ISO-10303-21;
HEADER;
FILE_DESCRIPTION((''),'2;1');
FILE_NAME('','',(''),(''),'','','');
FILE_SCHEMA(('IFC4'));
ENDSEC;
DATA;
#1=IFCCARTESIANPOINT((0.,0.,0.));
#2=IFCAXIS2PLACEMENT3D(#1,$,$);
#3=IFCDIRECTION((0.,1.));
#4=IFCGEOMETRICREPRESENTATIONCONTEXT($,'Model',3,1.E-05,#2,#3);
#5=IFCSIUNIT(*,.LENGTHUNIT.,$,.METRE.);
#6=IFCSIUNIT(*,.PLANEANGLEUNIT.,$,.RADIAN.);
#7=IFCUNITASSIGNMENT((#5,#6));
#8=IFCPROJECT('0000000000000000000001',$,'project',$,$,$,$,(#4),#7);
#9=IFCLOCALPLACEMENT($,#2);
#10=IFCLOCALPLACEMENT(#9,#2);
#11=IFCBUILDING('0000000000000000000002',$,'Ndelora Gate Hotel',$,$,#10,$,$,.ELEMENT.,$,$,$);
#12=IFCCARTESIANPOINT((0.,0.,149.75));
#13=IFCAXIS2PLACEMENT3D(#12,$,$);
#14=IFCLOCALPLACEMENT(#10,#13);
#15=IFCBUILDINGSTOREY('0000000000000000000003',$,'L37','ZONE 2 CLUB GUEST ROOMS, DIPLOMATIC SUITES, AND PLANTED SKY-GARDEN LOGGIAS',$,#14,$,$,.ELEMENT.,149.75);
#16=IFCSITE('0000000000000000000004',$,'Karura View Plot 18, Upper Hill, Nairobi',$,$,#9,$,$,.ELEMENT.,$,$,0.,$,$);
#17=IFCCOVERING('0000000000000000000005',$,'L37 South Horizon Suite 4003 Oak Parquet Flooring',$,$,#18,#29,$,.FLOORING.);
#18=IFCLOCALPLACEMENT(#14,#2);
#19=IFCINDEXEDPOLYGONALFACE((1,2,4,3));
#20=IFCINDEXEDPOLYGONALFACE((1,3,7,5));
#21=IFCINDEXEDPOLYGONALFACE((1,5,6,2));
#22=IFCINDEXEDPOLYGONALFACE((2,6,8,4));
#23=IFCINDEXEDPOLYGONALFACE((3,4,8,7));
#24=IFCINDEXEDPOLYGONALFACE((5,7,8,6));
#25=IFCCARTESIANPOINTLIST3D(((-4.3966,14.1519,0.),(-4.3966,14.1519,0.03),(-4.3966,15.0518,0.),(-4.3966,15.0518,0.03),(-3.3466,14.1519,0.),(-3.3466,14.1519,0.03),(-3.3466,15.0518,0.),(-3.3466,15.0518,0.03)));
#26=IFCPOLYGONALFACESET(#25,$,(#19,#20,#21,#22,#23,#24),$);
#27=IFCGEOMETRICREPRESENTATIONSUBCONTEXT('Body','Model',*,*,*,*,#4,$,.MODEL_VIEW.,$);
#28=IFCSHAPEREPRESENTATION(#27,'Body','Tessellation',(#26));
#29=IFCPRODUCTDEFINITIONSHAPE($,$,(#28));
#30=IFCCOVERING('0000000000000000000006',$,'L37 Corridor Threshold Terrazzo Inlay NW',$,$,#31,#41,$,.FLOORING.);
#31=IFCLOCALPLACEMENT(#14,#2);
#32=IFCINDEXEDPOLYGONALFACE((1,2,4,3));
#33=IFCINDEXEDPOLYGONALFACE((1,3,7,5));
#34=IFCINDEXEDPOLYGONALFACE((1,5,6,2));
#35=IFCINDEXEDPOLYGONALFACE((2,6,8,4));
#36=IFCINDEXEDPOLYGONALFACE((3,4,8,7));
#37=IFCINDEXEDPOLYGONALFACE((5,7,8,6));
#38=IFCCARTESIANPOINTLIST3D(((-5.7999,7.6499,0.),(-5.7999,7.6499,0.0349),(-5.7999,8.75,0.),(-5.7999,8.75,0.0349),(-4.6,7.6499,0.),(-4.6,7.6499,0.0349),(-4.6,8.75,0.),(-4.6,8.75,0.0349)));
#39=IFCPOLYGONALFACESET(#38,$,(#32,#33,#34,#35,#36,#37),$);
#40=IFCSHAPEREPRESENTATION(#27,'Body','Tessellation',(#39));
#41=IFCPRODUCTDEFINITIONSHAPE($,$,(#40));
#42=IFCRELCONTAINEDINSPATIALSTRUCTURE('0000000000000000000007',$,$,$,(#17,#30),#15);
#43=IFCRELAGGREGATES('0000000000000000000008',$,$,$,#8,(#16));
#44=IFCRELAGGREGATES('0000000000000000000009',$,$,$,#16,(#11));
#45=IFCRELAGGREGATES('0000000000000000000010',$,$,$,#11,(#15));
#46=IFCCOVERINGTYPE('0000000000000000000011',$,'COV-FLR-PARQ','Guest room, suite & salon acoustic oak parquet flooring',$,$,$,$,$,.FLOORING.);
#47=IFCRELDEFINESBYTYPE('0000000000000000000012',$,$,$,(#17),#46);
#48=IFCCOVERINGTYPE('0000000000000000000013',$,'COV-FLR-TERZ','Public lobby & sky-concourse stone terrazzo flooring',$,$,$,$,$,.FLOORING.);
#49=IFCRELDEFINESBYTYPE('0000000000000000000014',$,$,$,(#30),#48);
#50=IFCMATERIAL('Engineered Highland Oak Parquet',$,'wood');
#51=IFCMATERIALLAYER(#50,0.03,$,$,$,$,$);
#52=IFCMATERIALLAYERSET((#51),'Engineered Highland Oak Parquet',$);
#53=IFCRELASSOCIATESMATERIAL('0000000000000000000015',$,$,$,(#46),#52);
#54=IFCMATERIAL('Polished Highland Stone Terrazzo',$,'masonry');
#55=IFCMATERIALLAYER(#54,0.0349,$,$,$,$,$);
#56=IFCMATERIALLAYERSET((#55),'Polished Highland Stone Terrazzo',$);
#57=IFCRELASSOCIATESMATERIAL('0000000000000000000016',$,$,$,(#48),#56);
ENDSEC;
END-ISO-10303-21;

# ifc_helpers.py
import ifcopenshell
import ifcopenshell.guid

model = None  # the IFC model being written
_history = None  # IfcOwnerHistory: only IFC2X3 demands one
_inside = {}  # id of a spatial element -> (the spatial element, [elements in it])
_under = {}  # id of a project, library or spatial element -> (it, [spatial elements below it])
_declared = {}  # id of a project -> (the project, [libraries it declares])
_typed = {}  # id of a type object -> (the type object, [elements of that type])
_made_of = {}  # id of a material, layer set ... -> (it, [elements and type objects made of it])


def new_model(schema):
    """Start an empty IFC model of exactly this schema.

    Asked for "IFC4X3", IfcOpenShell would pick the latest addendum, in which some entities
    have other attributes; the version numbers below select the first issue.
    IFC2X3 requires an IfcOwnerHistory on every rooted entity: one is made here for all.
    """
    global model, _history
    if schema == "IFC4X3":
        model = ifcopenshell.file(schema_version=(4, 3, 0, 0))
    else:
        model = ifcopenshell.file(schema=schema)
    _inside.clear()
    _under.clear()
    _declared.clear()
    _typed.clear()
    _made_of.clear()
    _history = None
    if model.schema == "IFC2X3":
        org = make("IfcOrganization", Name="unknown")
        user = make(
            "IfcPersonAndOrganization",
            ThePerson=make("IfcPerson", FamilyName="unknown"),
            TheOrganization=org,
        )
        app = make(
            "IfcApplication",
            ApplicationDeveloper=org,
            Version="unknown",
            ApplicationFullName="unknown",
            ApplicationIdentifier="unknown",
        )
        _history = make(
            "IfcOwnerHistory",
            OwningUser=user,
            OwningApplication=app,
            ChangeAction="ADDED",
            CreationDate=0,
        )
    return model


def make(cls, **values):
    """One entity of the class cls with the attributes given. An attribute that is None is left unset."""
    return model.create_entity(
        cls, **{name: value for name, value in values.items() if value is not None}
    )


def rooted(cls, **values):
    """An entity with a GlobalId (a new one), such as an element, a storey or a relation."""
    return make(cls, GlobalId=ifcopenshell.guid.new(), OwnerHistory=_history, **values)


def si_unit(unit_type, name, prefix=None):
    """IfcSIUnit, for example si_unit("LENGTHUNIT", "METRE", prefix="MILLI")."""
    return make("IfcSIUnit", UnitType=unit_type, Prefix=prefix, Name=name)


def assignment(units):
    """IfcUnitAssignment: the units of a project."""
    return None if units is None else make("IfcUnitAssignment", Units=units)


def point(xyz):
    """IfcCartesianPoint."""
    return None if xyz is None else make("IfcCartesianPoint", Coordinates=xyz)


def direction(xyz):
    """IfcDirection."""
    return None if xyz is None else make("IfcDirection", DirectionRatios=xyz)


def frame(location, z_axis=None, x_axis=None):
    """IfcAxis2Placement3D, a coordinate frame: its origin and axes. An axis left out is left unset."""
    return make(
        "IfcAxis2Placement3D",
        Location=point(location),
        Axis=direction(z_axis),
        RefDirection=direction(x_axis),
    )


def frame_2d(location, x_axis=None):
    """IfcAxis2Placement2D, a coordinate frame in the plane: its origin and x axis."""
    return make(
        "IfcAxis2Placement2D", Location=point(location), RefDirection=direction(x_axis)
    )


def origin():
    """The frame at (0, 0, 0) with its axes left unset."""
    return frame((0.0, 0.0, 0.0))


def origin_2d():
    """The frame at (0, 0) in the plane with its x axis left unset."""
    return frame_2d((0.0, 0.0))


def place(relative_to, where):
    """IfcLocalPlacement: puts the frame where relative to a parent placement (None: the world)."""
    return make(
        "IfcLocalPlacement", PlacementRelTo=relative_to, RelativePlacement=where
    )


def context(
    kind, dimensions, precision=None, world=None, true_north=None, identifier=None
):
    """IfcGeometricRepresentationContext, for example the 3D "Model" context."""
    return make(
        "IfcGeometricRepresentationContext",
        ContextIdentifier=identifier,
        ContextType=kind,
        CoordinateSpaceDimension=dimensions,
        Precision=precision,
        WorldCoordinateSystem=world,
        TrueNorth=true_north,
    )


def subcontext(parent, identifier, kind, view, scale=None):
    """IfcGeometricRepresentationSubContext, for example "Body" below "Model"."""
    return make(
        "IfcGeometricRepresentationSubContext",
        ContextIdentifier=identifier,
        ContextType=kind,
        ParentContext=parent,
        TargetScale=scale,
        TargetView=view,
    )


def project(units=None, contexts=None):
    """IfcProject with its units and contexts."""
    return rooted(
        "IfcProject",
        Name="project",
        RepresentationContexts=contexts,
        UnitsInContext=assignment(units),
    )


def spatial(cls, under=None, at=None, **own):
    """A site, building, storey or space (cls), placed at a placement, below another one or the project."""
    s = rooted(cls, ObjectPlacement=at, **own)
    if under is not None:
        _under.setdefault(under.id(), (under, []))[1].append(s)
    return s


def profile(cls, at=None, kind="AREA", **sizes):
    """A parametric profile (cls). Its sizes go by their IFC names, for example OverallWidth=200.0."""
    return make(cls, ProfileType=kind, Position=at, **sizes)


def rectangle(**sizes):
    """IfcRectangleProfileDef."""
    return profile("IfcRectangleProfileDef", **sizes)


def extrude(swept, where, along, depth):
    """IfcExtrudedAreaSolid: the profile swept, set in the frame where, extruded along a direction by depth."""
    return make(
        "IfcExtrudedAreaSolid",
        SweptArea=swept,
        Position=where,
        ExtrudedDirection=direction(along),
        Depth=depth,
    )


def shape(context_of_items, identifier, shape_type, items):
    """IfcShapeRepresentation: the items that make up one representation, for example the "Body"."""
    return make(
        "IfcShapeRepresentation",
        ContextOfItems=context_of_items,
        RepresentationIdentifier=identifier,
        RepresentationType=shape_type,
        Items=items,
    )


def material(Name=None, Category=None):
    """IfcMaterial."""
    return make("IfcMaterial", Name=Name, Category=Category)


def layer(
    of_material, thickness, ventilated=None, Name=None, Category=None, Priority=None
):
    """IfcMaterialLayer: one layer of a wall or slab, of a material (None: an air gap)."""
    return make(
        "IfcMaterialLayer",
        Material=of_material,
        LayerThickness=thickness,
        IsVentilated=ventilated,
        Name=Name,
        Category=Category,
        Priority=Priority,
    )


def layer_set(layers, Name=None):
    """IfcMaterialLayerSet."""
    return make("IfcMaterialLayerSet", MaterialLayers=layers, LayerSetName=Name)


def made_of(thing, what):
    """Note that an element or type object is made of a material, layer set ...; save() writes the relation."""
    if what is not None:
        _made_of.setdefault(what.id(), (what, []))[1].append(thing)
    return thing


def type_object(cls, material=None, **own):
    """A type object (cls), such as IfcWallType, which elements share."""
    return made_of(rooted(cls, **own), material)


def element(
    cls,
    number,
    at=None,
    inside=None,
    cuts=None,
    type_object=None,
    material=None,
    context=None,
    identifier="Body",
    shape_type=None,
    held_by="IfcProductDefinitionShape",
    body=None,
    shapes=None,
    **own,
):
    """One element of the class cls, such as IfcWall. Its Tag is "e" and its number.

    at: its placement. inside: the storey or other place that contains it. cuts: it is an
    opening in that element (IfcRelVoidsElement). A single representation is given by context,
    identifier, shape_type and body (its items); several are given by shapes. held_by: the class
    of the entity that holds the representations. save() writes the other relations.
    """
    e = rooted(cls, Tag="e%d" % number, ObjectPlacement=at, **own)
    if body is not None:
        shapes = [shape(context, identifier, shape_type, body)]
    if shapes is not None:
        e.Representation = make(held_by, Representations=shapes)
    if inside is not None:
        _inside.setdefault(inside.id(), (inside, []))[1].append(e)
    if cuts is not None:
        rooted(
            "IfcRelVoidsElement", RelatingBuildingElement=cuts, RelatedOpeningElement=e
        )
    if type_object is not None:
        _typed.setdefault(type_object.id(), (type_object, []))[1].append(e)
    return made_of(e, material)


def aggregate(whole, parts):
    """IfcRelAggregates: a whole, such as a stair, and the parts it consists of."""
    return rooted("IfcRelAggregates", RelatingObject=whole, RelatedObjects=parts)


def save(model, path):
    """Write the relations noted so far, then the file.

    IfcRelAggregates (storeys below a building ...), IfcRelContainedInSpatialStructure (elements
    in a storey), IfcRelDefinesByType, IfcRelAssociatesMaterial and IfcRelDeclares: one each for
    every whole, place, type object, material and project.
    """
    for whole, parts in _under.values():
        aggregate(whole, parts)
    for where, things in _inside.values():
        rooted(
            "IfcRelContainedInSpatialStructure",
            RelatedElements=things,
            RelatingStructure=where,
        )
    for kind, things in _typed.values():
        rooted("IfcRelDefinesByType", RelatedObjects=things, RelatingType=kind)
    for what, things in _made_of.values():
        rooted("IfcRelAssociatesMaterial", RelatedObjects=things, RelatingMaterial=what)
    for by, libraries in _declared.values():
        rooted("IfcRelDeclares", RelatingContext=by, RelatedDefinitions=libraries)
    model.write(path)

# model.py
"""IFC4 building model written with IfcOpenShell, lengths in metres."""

from ifc_helpers import new_model, si_unit, direction, frame, origin, origin_2d, place, context, subcontext, project, spatial, rectangle, extrude, material, layer, layer_set, type_object, element, save


model = new_model("IFC4")

# Units and contexts
model_context = context("Model", 3, precision=1e-05, world=origin(), true_north=direction((0.0, 1.0)))
body_context = subcontext(model_context, "Body", "Model", "MODEL_VIEW")
ifc_project = project(units=[si_unit("LENGTHUNIT", "METRE"), si_unit("PLANEANGLEUNIT", "RADIAN")], contexts=[model_context])

# Site, building, storey
site_placement = place(None, origin())
site = spatial("IfcSite", under=ifc_project, at=site_placement, Name="Karura View Plot 18, Upper Hill, Nairobi", CompositionType="ELEMENT", RefElevation=0.0)
building_placement = place(site_placement, origin())
building = spatial("IfcBuilding", under=site, at=building_placement, Name="Ndelora Gate Hotel", CompositionType="ELEMENT")
storey_placement = place(building_placement, frame((0.0, 0.0, 149.75)))
storey = spatial("IfcBuildingStorey", under=building, at=storey_placement, Name="L37", Description="ZONE 2 CLUB GUEST ROOMS, DIPLOMATIC SUITES, AND PLANTED SKY-GARDEN LOGGIAS", CompositionType="ELEMENT", Elevation=149.75)

# Coverings
ifc_material_1 = material(Name="Engineered Highland Oak Parquet", Category="wood")
ifc_layer_1 = layer(ifc_material_1, 0.03)
ifc_layer_set_1 = layer_set([ifc_layer_1], Name="Engineered Highland Oak Parquet")
covering_type_1 = type_object("IfcCoveringType", Name="COV-FLR-PARQ", Description="Guest room, suite & salon acoustic oak parquet flooring", PredefinedType="FLOORING", material=ifc_layer_set_1)
covering_1_placement = place(storey_placement, frame((-3.8716, 14.6018, 0.0), z_axis=(0.0, 0.0, 1.0), x_axis=(1.0, 0.0, 0.0)))
element("IfcCovering", 1, at=covering_1_placement, inside=storey, type_object=covering_type_1, Name="L37 South Horizon Suite 4003 Oak Parquet Flooring", PredefinedType="FLOORING", context=body_context, shape_type="SweptSolid", body=[
    extrude(rectangle(XDim=1.05, YDim=0.8999, at=origin_2d()), origin(), (0.0, 0.0, 1.0), 0.03),
])
ifc_material_2 = material(Name="Polished Highland Stone Terrazzo", Category="masonry")
ifc_layer_2 = layer(ifc_material_2, 0.0349)
ifc_layer_set_2 = layer_set([ifc_layer_2], Name="Polished Highland Stone Terrazzo")
covering_type_2 = type_object("IfcCoveringType", Name="COV-FLR-TERZ", Description="Public lobby & sky-concourse stone terrazzo flooring", PredefinedType="FLOORING", material=ifc_layer_set_2)
covering_2_placement = place(storey_placement, frame((-5.2, 8.2, 0.0), z_axis=(0.0, 0.0, 1.0), x_axis=(1.0, 0.0, 0.0)))
element("IfcCovering", 2, at=covering_2_placement, inside=storey, type_object=covering_type_2, Name="L37 Corridor Threshold Terrazzo Inlay NW", PredefinedType="FLOORING", context=body_context, shape_type="SweptSolid", body=[
    extrude(rectangle(XDim=1.2, YDim=1.1001, at=origin_2d()), origin(), (0.0, 0.0, 1.0), 0.0349),
])

save(model, "model.ifc")
